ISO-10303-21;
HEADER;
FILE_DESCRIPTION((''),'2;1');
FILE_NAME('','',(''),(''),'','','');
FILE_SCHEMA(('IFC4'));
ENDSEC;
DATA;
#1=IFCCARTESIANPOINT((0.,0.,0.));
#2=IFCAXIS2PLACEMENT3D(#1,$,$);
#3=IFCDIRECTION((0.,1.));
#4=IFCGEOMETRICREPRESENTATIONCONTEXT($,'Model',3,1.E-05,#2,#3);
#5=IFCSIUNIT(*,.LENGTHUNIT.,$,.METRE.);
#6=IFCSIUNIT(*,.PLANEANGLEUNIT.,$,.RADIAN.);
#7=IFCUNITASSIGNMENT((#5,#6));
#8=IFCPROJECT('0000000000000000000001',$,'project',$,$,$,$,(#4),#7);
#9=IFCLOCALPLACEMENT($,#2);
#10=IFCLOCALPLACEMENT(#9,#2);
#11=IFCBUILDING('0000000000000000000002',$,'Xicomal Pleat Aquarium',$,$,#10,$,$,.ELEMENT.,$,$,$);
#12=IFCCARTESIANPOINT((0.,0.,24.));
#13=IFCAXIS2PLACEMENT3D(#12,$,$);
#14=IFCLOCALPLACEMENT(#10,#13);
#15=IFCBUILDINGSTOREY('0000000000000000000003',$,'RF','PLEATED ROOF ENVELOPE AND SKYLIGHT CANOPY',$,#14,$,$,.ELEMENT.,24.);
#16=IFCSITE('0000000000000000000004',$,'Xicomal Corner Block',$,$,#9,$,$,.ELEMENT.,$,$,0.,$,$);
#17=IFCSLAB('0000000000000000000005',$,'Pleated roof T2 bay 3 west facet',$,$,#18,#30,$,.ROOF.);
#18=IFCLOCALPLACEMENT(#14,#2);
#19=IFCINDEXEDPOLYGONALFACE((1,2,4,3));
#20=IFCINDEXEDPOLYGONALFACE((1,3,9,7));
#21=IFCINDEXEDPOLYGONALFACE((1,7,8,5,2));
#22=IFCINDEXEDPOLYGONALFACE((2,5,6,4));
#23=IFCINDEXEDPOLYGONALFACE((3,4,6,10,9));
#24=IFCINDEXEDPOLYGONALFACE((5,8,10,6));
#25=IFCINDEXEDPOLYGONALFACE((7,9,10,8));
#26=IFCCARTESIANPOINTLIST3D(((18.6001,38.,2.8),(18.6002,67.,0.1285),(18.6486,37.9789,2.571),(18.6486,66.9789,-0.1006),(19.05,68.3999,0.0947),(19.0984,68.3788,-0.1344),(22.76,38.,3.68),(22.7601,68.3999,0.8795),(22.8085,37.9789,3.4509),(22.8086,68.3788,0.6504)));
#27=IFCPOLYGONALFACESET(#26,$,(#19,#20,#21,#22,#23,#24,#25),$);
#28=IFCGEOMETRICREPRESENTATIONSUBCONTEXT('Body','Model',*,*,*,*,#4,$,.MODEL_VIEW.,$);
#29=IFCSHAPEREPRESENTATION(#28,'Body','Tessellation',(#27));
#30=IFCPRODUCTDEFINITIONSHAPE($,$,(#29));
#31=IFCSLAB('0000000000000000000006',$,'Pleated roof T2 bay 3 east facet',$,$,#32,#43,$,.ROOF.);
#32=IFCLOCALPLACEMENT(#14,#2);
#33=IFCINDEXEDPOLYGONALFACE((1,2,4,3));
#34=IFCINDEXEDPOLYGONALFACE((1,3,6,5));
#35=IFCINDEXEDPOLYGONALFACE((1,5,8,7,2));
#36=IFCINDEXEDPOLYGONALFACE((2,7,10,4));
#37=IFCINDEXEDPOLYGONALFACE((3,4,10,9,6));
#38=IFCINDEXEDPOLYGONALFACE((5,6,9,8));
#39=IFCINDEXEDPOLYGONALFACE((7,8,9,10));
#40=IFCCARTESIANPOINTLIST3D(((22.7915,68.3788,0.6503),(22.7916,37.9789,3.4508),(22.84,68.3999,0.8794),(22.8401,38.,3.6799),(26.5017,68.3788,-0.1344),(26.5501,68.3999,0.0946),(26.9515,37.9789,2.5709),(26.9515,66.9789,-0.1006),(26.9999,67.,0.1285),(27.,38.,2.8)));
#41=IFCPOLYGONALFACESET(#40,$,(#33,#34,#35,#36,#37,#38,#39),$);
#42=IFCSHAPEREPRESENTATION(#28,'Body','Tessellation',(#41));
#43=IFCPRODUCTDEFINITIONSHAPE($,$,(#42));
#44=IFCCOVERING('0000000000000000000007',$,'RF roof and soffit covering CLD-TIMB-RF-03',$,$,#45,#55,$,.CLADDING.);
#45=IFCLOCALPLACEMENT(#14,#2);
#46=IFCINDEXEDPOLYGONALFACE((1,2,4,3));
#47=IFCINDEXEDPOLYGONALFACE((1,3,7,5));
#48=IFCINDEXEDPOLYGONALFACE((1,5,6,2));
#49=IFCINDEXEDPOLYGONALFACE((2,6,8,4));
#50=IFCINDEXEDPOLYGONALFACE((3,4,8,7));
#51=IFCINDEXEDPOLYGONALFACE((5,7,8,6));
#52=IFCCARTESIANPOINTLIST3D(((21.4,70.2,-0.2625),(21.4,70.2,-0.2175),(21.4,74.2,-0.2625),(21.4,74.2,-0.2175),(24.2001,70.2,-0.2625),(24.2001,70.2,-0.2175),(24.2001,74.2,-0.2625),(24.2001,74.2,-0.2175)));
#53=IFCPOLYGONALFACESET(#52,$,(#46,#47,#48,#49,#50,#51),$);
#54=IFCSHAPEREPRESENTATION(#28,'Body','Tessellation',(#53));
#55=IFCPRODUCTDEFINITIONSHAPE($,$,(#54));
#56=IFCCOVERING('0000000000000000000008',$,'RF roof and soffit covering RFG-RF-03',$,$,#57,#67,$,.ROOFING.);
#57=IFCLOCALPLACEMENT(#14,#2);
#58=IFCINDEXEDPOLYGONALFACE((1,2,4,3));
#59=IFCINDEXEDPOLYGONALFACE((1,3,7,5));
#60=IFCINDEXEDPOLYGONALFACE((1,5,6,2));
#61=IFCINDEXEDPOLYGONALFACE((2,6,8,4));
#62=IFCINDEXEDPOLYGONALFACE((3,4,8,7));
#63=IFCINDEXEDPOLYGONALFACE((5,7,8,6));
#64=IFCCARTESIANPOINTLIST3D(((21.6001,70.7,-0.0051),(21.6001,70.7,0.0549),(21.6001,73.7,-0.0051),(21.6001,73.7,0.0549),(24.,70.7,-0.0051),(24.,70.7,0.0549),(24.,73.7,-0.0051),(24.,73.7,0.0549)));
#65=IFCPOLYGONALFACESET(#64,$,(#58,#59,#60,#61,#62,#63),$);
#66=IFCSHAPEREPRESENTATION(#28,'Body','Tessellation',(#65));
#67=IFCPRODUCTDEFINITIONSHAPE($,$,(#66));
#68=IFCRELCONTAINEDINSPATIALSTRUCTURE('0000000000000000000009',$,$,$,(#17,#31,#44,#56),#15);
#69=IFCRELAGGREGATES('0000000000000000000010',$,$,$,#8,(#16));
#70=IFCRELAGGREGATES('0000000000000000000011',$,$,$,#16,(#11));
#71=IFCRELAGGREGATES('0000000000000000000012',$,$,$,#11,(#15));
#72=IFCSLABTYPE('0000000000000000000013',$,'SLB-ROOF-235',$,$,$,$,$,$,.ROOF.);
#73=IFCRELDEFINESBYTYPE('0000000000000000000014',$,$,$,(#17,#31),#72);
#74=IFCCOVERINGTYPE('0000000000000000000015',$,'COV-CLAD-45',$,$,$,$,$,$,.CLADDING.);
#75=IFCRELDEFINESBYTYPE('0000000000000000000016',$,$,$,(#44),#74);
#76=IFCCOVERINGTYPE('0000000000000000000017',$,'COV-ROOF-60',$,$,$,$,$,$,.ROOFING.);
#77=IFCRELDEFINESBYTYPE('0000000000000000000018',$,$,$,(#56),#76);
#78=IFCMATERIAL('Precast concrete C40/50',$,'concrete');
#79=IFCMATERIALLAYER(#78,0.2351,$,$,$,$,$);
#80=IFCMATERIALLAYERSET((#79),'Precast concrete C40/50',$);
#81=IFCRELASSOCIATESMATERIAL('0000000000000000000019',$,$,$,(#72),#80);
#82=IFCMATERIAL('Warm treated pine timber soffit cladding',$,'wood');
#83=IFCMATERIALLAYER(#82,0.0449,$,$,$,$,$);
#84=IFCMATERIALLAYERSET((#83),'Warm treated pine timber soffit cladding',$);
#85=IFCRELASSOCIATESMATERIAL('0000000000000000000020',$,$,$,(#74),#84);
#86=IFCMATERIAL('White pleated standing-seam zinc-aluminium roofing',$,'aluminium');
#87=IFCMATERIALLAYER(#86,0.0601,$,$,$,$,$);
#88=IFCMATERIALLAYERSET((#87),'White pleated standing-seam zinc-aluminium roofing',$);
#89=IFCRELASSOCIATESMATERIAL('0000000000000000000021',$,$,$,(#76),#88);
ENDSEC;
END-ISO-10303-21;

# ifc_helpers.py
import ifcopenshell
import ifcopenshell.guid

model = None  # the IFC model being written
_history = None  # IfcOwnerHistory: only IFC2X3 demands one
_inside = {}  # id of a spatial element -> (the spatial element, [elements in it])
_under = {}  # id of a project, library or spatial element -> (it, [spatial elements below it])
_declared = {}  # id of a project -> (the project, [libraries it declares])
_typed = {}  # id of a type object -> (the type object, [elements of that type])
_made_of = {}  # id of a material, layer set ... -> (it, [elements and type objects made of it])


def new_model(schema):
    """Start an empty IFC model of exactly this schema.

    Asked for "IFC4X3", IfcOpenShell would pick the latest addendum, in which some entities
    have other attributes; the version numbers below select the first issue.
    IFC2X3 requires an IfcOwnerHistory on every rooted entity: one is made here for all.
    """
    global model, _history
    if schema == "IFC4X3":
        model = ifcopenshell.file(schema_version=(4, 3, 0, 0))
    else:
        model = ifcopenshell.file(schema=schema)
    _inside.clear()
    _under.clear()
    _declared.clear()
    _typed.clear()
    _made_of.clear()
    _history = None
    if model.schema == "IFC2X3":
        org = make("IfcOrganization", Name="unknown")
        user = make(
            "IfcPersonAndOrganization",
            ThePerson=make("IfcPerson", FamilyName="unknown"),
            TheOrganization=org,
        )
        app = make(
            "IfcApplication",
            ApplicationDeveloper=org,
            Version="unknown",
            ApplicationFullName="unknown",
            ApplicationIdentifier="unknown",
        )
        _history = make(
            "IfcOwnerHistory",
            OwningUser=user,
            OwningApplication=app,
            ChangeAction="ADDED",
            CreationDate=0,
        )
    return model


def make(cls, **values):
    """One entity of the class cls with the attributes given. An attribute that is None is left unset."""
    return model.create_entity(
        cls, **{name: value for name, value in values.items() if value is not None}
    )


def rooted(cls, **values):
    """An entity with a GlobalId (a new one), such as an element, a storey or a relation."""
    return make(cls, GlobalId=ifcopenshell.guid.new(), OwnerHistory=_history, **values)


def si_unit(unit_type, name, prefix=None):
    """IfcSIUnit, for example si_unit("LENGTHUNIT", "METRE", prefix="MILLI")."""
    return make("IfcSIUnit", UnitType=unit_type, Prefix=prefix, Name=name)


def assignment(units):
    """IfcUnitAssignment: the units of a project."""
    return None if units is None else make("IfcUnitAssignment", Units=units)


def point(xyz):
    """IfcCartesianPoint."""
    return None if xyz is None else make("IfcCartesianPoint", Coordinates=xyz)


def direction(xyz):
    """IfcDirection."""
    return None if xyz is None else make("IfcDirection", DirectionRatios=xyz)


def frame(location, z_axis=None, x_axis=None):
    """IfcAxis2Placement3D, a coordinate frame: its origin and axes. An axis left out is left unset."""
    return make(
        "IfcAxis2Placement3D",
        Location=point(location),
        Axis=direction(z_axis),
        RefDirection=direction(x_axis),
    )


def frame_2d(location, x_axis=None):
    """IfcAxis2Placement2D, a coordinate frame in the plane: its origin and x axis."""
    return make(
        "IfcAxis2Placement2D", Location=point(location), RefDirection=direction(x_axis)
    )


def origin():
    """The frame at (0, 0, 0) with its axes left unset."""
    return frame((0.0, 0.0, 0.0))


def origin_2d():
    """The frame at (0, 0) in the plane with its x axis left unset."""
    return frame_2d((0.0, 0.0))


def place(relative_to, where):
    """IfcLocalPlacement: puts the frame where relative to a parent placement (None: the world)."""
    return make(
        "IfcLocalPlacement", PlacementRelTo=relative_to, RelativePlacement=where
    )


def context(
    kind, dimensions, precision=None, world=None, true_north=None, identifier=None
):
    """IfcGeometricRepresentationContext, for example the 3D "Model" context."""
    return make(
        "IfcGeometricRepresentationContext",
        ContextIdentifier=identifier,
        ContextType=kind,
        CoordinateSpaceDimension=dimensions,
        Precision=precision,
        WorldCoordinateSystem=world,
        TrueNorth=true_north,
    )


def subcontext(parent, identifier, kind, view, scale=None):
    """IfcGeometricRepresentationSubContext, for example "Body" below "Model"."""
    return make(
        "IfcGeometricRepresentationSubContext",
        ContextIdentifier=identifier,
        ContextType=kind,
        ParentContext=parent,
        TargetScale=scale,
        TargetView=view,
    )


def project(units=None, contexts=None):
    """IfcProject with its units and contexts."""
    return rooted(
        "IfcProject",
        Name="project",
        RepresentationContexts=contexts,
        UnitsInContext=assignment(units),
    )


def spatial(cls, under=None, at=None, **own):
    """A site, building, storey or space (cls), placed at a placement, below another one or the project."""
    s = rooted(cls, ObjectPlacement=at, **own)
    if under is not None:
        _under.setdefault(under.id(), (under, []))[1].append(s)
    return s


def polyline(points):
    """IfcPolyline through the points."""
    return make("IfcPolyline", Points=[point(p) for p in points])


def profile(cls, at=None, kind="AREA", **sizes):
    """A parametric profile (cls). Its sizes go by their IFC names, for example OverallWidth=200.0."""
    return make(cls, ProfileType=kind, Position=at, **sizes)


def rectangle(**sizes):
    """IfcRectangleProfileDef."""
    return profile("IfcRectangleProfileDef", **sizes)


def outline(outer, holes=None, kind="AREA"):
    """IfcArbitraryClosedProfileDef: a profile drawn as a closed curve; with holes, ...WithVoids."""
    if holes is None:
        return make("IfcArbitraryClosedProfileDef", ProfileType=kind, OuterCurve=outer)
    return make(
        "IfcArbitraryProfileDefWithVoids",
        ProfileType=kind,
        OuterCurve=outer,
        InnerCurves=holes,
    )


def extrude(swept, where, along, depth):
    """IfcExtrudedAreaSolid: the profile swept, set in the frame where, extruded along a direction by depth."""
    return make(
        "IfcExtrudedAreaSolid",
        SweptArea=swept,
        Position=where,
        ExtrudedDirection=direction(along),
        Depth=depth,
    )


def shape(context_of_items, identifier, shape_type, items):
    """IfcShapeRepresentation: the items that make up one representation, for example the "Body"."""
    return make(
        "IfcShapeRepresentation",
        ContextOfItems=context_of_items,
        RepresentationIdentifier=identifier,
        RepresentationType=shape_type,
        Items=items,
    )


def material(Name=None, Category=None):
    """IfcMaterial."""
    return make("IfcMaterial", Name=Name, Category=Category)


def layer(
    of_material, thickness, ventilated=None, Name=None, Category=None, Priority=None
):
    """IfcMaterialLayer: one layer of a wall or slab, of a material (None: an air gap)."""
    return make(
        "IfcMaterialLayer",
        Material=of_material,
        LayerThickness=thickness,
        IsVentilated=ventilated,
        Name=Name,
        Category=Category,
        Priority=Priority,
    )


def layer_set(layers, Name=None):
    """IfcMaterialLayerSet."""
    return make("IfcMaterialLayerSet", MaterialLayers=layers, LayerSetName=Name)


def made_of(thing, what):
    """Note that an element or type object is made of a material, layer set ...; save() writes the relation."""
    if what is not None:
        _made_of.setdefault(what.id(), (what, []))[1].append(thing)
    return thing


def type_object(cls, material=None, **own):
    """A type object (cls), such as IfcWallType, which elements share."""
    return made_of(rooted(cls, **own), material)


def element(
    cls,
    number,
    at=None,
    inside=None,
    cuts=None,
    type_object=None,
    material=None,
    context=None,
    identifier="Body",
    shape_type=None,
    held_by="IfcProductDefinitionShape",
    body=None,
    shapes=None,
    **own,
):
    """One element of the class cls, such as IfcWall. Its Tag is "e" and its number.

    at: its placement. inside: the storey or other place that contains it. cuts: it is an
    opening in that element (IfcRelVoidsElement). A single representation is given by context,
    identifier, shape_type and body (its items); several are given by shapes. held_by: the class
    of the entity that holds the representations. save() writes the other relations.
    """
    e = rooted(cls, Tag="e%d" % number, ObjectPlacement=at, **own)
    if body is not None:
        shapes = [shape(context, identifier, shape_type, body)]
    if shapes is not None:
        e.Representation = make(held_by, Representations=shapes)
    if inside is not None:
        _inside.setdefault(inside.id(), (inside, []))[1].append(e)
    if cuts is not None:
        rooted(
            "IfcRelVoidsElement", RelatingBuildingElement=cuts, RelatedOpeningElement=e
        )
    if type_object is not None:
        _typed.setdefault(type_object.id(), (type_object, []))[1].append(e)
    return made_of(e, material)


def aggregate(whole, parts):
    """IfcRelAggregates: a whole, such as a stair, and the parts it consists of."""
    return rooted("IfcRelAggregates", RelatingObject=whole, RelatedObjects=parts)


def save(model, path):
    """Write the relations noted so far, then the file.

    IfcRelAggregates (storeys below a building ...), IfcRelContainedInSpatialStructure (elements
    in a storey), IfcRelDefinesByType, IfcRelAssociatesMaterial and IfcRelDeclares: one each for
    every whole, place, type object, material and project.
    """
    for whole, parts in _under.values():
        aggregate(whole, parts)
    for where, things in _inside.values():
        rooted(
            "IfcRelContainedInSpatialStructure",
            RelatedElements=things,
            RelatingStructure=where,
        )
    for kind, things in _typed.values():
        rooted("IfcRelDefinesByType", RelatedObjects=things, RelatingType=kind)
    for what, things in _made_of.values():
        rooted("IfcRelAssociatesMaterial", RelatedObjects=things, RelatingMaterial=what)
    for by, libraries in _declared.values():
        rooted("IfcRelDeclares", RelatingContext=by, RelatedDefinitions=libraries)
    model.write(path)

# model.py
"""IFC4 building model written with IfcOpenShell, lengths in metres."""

from ifc_helpers import new_model, si_unit, direction, frame, origin, origin_2d, place, context, subcontext, project, spatial, polyline, rectangle, outline, extrude, material, layer, layer_set, type_object, element, save


model = new_model("IFC4")

# Units and contexts
model_context = context("Model", 3, precision=1e-05, world=origin(), true_north=direction((0.0, 1.0)))
body_context = subcontext(model_context, "Body", "Model", "MODEL_VIEW")
ifc_project = project(units=[si_unit("LENGTHUNIT", "METRE"), si_unit("PLANEANGLEUNIT", "RADIAN")], contexts=[model_context])

# Site, building, storey
site_placement = place(None, origin())
site = spatial("IfcSite", under=ifc_project, at=site_placement, Name="Xicomal Corner Block", CompositionType="ELEMENT", RefElevation=0.0)
building_placement = place(site_placement, origin())
building = spatial("IfcBuilding", under=site, at=building_placement, Name="Xicomal Pleat Aquarium", CompositionType="ELEMENT")
storey_placement = place(building_placement, frame((0.0, 0.0, 24.0)))
storey = spatial("IfcBuildingStorey", under=building, at=storey_placement, Name="RF", Description="PLEATED ROOF ENVELOPE AND SKYLIGHT CANOPY", CompositionType="ELEMENT", Elevation=24.0)

# Slabs
ifc_material_1 = material(Name="Precast concrete C40/50", Category="concrete")
ifc_layer_1 = layer(ifc_material_1, 0.2351)
ifc_layer_set_1 = layer_set([ifc_layer_1], Name="Precast concrete C40/50")
slab_type = type_object("IfcSlabType", Name="SLB-ROOF-235", PredefinedType="ROOF", material=ifc_layer_set_1)
slab_1_placement = place(storey_placement, frame((18.6001, 38.0, 2.8), z_axis=(-0.20611, 0.089765, 0.974403), x_axis=(0.978353, 0.000001, 0.206945)))
element("IfcSlab", 1, at=slab_1_placement, inside=storey, type_object=slab_type, Name="Pleated roof T2 bay 3 west facet", PredefinedType="ROOF", context=body_context, shape_type="SweptSolid", body=[
    extrude(outline(polyline([(0.0, 0.0), (4.2519, 0.0), (3.6725, 30.5231), (-0.1197, 30.5232), (-0.5528, 29.1175), (0.0, 0.0)])), origin(), (0.0, 0.0, -1.0), 0.2351),
])
slab_2_placement = place(storey_placement, frame((22.8401, 38.0, 3.6799), z_axis=(0.20611, 0.089765, 0.974403), x_axis=(0.978353, -0.000001, -0.206945)))
element("IfcSlab", 2, at=slab_2_placement, inside=storey, type_object=slab_type, Name="Pleated roof T2 bay 3 east facet", PredefinedType="ROOF", context=body_context, shape_type="SweptSolid", body=[
    extrude(outline(polyline([(0.0, 0.0), (4.2519, 0.0), (4.8047, 29.1175), (4.3717, 30.5232), (0.5794, 30.5231), (0.0, 0.0)])), origin(), (0.0, 0.0, -1.0), 0.2351),
])

# Coverings
ifc_material_2 = material(Name="Warm treated pine timber soffit cladding", Category="wood")
ifc_layer_2 = layer(ifc_material_2, 0.0449)
ifc_layer_set_2 = layer_set([ifc_layer_2], Name="Warm treated pine timber soffit cladding")
covering_type_1 = type_object("IfcCoveringType", Name="COV-CLAD-45", PredefinedType="CLADDING", material=ifc_layer_set_2)
covering_1_placement = place(storey_placement, frame((22.8, 72.2, -0.2625), z_axis=(0.0, 0.0, 1.0), x_axis=(1.0, 0.0, 0.0)))
element("IfcCovering", 3, at=covering_1_placement, inside=storey, type_object=covering_type_1, Name="RF roof and soffit covering CLD-TIMB-RF-03", PredefinedType="CLADDING", context=body_context, shape_type="SweptSolid", body=[
    extrude(rectangle(XDim=2.8, YDim=4.0, at=origin_2d()), origin(), (0.0, 0.0, 1.0), 0.0449),
])
ifc_material_3 = material(Name="White pleated standing-seam zinc-aluminium roofing", Category="aluminium")
ifc_layer_3 = layer(ifc_material_3, 0.0601)
ifc_layer_set_3 = layer_set([ifc_layer_3], Name="White pleated standing-seam zinc-aluminium roofing")
covering_type_2 = type_object("IfcCoveringType", Name="COV-ROOF-60", PredefinedType="ROOFING", material=ifc_layer_set_3)
covering_2_placement = place(storey_placement, frame((22.8, 72.2, -0.0051), z_axis=(0.0, 0.0, 1.0), x_axis=(1.0, 0.0, 0.0)))
element("IfcCovering", 4, at=covering_2_placement, inside=storey, type_object=covering_type_2, Name="RF roof and soffit covering RFG-RF-03", PredefinedType="ROOFING", context=body_context, shape_type="SweptSolid", body=[
    extrude(rectangle(XDim=2.3999, YDim=3.0, at=origin_2d()), origin(), (0.0, 0.0, 1.0), 0.0601),
])

save(model, "model.ifc")
